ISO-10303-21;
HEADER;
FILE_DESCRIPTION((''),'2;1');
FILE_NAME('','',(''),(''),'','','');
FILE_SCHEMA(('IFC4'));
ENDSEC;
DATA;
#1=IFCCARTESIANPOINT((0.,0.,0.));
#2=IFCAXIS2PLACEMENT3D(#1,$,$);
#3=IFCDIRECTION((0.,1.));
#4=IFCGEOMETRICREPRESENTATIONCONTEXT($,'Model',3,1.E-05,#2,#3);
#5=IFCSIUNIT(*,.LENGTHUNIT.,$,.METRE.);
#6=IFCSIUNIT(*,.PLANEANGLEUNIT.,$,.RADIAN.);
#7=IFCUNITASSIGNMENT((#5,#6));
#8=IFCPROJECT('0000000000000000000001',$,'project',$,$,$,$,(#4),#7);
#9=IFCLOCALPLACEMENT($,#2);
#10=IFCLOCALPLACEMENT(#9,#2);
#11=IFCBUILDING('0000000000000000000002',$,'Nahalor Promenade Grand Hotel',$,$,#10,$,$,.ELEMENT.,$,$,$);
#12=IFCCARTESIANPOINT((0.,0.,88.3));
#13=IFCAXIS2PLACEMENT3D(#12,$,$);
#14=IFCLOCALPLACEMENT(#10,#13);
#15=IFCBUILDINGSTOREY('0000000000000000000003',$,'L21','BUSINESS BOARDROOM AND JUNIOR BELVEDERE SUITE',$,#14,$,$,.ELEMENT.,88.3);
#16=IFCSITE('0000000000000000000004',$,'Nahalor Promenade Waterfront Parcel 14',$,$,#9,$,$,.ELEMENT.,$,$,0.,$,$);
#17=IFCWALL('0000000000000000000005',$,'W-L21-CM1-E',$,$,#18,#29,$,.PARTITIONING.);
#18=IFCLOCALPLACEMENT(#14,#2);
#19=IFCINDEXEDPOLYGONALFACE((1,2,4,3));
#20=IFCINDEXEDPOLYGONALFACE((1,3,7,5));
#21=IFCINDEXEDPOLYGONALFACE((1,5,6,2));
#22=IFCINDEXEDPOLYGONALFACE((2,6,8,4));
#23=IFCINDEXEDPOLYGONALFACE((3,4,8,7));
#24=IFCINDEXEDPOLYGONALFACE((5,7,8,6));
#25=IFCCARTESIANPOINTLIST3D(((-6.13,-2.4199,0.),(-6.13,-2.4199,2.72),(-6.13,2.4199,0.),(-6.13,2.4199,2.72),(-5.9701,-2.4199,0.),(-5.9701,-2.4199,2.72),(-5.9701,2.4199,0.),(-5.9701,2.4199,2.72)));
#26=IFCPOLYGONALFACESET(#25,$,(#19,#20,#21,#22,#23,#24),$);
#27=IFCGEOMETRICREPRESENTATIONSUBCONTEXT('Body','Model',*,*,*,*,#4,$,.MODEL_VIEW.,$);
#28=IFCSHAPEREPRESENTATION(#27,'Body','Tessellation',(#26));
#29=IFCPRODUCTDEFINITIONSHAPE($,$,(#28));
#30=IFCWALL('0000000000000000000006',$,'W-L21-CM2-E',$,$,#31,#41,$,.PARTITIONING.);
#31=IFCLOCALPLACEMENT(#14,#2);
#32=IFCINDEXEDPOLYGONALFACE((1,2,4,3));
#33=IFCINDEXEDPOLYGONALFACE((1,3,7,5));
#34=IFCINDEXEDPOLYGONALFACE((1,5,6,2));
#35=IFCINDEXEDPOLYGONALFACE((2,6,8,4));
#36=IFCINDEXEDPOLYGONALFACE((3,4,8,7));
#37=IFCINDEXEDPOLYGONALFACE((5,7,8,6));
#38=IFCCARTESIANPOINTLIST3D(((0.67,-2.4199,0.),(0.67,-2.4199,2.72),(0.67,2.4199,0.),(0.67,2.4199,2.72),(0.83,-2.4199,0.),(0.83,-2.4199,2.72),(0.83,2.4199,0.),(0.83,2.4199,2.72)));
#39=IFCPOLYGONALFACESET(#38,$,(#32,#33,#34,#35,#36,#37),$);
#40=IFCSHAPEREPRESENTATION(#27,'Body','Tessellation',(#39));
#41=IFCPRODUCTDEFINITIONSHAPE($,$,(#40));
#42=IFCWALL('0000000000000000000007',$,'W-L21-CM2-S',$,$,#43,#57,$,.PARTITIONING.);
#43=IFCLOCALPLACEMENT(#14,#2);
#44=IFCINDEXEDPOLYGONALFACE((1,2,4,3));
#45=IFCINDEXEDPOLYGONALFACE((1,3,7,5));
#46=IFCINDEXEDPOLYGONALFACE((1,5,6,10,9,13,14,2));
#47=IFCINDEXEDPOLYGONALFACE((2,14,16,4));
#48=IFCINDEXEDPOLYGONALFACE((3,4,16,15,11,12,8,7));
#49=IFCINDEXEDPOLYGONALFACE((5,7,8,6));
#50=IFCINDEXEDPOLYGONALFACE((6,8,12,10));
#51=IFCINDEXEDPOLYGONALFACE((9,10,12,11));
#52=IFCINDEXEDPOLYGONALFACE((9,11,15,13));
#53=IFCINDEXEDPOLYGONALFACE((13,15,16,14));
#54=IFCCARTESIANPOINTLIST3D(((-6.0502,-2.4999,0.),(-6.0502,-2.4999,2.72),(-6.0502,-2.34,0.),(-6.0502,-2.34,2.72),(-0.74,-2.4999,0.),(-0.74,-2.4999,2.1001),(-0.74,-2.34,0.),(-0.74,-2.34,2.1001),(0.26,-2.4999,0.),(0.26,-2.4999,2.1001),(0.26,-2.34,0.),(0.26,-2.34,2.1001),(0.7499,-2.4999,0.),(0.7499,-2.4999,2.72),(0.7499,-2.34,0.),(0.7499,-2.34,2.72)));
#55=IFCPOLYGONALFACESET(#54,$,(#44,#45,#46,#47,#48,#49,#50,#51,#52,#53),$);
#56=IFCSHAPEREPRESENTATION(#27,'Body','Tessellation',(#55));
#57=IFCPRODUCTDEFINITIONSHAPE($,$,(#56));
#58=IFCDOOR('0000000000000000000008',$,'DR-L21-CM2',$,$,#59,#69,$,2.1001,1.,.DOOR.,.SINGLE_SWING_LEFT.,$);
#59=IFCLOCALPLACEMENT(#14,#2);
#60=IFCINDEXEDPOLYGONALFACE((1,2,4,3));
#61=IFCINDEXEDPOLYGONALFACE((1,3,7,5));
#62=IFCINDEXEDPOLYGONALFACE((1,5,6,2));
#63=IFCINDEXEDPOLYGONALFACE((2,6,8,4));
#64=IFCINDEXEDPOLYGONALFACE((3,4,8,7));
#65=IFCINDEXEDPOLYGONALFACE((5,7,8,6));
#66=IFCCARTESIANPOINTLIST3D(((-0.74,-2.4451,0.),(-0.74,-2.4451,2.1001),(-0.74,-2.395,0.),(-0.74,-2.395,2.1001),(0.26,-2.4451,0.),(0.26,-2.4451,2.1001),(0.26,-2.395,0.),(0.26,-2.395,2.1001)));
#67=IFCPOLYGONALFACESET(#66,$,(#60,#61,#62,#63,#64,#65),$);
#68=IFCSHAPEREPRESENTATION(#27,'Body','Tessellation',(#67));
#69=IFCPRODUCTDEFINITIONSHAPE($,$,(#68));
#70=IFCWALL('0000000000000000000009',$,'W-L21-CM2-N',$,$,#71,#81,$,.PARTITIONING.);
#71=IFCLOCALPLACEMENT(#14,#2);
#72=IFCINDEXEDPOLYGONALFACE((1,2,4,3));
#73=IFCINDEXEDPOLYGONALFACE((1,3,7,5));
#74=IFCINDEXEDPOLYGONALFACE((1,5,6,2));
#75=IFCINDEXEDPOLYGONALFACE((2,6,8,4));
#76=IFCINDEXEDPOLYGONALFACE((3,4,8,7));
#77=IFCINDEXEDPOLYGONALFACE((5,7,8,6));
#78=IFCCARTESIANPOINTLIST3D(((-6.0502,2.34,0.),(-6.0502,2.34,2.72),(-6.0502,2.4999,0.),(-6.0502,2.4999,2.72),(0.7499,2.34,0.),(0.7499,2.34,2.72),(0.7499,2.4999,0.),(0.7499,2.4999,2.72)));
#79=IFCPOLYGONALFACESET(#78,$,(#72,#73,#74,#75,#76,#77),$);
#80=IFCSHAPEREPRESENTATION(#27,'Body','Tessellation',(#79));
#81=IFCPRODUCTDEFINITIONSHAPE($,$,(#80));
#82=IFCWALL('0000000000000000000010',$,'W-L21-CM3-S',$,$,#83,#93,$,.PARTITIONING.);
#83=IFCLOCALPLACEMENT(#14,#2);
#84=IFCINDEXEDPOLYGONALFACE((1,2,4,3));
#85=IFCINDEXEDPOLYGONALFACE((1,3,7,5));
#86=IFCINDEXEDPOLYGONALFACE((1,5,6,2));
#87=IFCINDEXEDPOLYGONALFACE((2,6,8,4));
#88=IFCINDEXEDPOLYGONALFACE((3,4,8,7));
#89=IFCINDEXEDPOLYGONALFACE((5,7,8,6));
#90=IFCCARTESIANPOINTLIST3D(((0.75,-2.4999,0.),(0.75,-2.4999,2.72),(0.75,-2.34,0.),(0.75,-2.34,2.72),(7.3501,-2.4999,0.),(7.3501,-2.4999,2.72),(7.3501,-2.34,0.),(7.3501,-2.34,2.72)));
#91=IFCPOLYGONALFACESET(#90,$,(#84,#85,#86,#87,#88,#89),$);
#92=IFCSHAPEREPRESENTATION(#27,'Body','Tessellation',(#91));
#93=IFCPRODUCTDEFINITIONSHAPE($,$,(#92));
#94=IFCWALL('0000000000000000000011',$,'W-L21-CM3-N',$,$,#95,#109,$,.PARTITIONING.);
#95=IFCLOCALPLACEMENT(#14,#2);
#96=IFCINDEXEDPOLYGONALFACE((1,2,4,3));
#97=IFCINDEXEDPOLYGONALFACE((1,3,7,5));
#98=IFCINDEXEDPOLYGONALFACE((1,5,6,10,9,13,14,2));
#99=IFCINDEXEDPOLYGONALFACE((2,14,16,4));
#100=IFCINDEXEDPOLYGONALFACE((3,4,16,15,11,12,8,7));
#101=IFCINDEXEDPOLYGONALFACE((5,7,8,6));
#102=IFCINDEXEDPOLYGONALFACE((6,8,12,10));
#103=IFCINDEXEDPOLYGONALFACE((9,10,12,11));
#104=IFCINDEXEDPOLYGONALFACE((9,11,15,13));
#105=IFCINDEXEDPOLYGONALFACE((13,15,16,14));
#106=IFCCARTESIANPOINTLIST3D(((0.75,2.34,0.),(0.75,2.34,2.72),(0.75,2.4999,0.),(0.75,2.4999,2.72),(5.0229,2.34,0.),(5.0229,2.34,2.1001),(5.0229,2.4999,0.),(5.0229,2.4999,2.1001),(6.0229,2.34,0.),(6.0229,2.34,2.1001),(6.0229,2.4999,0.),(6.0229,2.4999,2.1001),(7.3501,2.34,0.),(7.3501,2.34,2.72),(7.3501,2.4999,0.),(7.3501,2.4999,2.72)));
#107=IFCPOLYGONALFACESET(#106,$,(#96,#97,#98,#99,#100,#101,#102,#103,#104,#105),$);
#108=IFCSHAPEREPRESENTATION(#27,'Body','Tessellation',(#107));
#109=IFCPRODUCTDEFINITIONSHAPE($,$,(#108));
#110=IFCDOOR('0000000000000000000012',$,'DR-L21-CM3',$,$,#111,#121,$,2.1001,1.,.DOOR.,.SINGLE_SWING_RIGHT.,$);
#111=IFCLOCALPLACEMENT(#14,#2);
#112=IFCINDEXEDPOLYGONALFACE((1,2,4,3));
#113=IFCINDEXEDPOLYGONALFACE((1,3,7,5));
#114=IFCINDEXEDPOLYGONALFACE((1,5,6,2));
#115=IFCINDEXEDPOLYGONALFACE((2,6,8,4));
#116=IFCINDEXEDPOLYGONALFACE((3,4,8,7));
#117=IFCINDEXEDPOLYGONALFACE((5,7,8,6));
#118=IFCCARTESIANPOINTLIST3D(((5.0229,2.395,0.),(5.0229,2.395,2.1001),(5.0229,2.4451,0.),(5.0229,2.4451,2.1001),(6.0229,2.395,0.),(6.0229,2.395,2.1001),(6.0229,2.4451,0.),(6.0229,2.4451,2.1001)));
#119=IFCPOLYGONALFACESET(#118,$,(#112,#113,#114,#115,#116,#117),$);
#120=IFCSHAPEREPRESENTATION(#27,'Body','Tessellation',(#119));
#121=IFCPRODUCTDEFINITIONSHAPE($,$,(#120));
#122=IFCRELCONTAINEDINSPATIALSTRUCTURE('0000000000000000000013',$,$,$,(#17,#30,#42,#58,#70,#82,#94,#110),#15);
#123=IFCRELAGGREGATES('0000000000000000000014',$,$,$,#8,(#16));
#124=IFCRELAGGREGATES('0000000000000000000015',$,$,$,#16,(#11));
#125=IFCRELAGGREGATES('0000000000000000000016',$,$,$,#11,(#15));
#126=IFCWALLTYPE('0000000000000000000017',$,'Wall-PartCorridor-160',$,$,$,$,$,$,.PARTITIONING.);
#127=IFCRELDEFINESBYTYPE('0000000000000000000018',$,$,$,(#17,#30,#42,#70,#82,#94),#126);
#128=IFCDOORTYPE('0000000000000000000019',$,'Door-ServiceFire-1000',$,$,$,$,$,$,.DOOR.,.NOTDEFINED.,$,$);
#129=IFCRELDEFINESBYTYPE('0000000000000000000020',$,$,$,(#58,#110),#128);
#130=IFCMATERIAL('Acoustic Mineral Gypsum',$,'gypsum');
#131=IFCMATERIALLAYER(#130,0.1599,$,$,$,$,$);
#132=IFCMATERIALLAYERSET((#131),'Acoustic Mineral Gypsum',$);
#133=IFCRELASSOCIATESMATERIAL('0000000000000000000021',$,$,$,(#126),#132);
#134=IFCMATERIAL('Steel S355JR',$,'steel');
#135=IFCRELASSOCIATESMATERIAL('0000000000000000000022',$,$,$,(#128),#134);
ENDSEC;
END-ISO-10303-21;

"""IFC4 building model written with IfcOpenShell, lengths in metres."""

from ifc_helpers import new_model, si_unit, direction, frame, frame_2d, origin, place, context, subcontext, project, spatial, rectangle, extrude, source, transform, mapped, material, layer, layer_set, type_object, element, fill, save


model = new_model("IFC4")

# Units and contexts
model_context = context("Model", 3, precision=1e-05, world=origin(), true_north=direction((0.0, 1.0)))
body_context = subcontext(model_context, "Body", "Model", "MODEL_VIEW")
ifc_project = project(units=[si_unit("LENGTHUNIT", "METRE"), si_unit("PLANEANGLEUNIT", "RADIAN")], contexts=[model_context])

# Site, building, storey
site_placement = place(None, origin())
site = spatial("IfcSite", under=ifc_project, at=site_placement, Name="Nahalor Promenade Waterfront Parcel 14", CompositionType="ELEMENT", RefElevation=0.0)
building_placement = place(site_placement, origin())
building = spatial("IfcBuilding", under=site, at=building_placement, Name="Nahalor Promenade Grand Hotel", CompositionType="ELEMENT")
storey_placement = place(building_placement, frame((0.0, 0.0, 88.3)))
storey = spatial("IfcBuildingStorey", under=building, at=storey_placement, Name="L21", Description="BUSINESS BOARDROOM AND JUNIOR BELVEDERE SUITE", CompositionType="ELEMENT", Elevation=88.3)

# Shared definitions
ifc_material_1 = material(Name="Steel S355JR", Category="steel")

# Walls
ifc_material_2 = material(Name="Acoustic Mineral Gypsum", Category="gypsum")
ifc_layer_1 = layer(ifc_material_2, 0.1599)
ifc_layer_set_1 = layer_set([ifc_layer_1], Name="Acoustic Mineral Gypsum")
wall_type_1 = type_object("IfcWallType", Name="Wall-PartCorridor-160", PredefinedType="PARTITIONING", material=ifc_layer_set_1)
shared_shape_1 = source(origin(), body_context, "Body", "SweptSolid", [
    extrude(rectangle(XDim=4.8398, YDim=0.1599, at=frame_2d((2.4199, 0.0))), origin(), (0.0, 0.0, 1.0), 2.72),
])
for number, where, z_axis, x_axis, name in (
    (1, (-6.05, -2.4199, 0.0), (0.0, 0.0, 1.0), (0.0, 1.0, 0.0), "W-L21-CM1-E"),
    (2, (0.75, -2.4199, 0.0), (0.0, 0.0, 1.0), (0.0, 1.0, 0.0), "W-L21-CM2-E"),
):
    element("IfcWall", number, at=place(storey_placement, frame(where, z_axis=z_axis, x_axis=x_axis)), inside=storey, type_object=wall_type_1, Name=name, PredefinedType="PARTITIONING", context=body_context, shape_type="MappedRepresentation", body=[
        mapped(shared_shape_1, transform((0.0, 0.0, 0.0), scale=1.0)),
    ])

# Wall, opening, door
shared_shape_2 = source(origin(), body_context, "Body", "SweptSolid", [
    extrude(rectangle(XDim=6.8, YDim=0.1599, at=frame_2d((3.3999, 0.0))), origin(), (0.0, 0.0, 1.0), 2.72),
])
wall_1_placement = place(storey_placement, frame((-6.05, -2.4199, 0.0), z_axis=(0.0, 0.0, 1.0), x_axis=(1.0, 0.0, 0.0)))
wall_1 = element("IfcWall", 3, at=wall_1_placement, inside=storey, type_object=wall_type_1, Name="W-L21-CM2-S", PredefinedType="PARTITIONING", context=body_context, shape_type="MappedRepresentation", body=[
    mapped(shared_shape_2, transform((0.0, 0.0, 0.0), scale=1.0)),
])
opening_1_placement = place(wall_1_placement, frame((5.3101, 0.0, 0.0)))
opening_1 = element("IfcOpeningElement", 4, at=opening_1_placement, cuts=wall_1, PredefinedType="OPENING", context=body_context, shape_type="SweptSolid", body=[
    extrude(rectangle(XDim=1.0, YDim=2.1001, at=frame_2d((0.5, 1.05))), frame((0.0, 0.0898, 0.0), z_axis=(0.0, -1.0, 0.0), x_axis=(1.0, 0.0, 0.0)), (0.0, 0.0, 1.0), 0.1799),
])
door_type = type_object("IfcDoorType", Name="Door-ServiceFire-1000", OperationType="NOTDEFINED", PredefinedType="DOOR", material=ifc_material_1)
shared_shape_3 = source(origin(), body_context, "Body", "SweptSolid", [
    extrude(rectangle(XDim=1.0, YDim=2.1001, at=frame_2d((0.5, 1.05))), frame((0.0, 0.0249, 0.0), z_axis=(0.0, -1.0, 0.0), x_axis=(1.0, 0.0, 0.0)), (0.0, 0.0, 1.0), 0.05),
])
door_1_placement = place(opening_1_placement, origin())
door_1 = element("IfcDoor", 5, at=door_1_placement, inside=storey, type_object=door_type, Name="DR-L21-CM2", OperationType="SINGLE_SWING_LEFT", OverallHeight=2.1001, OverallWidth=1.0, PredefinedType="DOOR", context=body_context, shape_type="MappedRepresentation", body=[
    mapped(shared_shape_3, transform((0.0, 0.0, 0.0), scale=1.0)),
])
fill(opening_1, door_1)

# Walls
wall_2_placement = place(storey_placement, frame((-6.05, 2.4199, 0.0), z_axis=(0.0, 0.0, 1.0), x_axis=(1.0, 0.0, 0.0)))
element("IfcWall", 6, at=wall_2_placement, inside=storey, type_object=wall_type_1, Name="W-L21-CM2-N", PredefinedType="PARTITIONING", context=body_context, shape_type="MappedRepresentation", body=[
    mapped(shared_shape_2, transform((0.0, 0.0, 0.0), scale=1.0)),
])
shared_shape_4 = source(origin(), body_context, "Body", "SweptSolid", [
    extrude(rectangle(XDim=6.6001, YDim=0.1599, at=frame_2d((3.3, 0.0))), origin(), (0.0, 0.0, 1.0), 2.72),
])
wall_3_placement = place(storey_placement, frame((0.75, -2.4199, 0.0), z_axis=(0.0, 0.0, 1.0), x_axis=(1.0, 0.0, 0.0)))
element("IfcWall", 7, at=wall_3_placement, inside=storey, type_object=wall_type_1, Name="W-L21-CM3-S", PredefinedType="PARTITIONING", context=body_context, shape_type="MappedRepresentation", body=[
    mapped(shared_shape_4, transform((0.0, 0.0, 0.0), scale=1.0)),
])

# Wall, opening, door
wall_4_placement = place(storey_placement, frame((0.75, 2.4199, 0.0), z_axis=(0.0, 0.0, 1.0), x_axis=(1.0, 0.0, 0.0)))
wall_4 = element("IfcWall", 8, at=wall_4_placement, inside=storey, type_object=wall_type_1, Name="W-L21-CM3-N", PredefinedType="PARTITIONING", context=body_context, shape_type="MappedRepresentation", body=[
    mapped(shared_shape_4, transform((0.0, 0.0, 0.0), scale=1.0)),
])
opening_2_placement = place(wall_4_placement, frame((4.2729, 0.0, 0.0)))
opening_2 = element("IfcOpeningElement", 9, at=opening_2_placement, cuts=wall_4, PredefinedType="OPENING", context=body_context, shape_type="SweptSolid", body=[
    extrude(rectangle(XDim=1.0, YDim=2.1001, at=frame_2d((0.5, 1.05))), frame((0.0, 0.0898, 0.0), z_axis=(0.0, -1.0, 0.0), x_axis=(1.0, 0.0, 0.0)), (0.0, 0.0, 1.0), 0.1799),
])
door_2_placement = place(opening_2_placement, frame((1.0, 0.0, 0.0), z_axis=(0.0, 0.0, 1.0), x_axis=(-1.0, 0.0, 0.0)))
door_2 = element("IfcDoor", 10, at=door_2_placement, inside=storey, type_object=door_type, Name="DR-L21-CM3", OperationType="SINGLE_SWING_RIGHT", OverallHeight=2.1001, OverallWidth=1.0, PredefinedType="DOOR", context=body_context, shape_type="MappedRepresentation", body=[
    mapped(shared_shape_3, transform((0.0, 0.0, 0.0), scale=1.0)),
])
fill(opening_2, door_2)

save(model, "model.ifc")
